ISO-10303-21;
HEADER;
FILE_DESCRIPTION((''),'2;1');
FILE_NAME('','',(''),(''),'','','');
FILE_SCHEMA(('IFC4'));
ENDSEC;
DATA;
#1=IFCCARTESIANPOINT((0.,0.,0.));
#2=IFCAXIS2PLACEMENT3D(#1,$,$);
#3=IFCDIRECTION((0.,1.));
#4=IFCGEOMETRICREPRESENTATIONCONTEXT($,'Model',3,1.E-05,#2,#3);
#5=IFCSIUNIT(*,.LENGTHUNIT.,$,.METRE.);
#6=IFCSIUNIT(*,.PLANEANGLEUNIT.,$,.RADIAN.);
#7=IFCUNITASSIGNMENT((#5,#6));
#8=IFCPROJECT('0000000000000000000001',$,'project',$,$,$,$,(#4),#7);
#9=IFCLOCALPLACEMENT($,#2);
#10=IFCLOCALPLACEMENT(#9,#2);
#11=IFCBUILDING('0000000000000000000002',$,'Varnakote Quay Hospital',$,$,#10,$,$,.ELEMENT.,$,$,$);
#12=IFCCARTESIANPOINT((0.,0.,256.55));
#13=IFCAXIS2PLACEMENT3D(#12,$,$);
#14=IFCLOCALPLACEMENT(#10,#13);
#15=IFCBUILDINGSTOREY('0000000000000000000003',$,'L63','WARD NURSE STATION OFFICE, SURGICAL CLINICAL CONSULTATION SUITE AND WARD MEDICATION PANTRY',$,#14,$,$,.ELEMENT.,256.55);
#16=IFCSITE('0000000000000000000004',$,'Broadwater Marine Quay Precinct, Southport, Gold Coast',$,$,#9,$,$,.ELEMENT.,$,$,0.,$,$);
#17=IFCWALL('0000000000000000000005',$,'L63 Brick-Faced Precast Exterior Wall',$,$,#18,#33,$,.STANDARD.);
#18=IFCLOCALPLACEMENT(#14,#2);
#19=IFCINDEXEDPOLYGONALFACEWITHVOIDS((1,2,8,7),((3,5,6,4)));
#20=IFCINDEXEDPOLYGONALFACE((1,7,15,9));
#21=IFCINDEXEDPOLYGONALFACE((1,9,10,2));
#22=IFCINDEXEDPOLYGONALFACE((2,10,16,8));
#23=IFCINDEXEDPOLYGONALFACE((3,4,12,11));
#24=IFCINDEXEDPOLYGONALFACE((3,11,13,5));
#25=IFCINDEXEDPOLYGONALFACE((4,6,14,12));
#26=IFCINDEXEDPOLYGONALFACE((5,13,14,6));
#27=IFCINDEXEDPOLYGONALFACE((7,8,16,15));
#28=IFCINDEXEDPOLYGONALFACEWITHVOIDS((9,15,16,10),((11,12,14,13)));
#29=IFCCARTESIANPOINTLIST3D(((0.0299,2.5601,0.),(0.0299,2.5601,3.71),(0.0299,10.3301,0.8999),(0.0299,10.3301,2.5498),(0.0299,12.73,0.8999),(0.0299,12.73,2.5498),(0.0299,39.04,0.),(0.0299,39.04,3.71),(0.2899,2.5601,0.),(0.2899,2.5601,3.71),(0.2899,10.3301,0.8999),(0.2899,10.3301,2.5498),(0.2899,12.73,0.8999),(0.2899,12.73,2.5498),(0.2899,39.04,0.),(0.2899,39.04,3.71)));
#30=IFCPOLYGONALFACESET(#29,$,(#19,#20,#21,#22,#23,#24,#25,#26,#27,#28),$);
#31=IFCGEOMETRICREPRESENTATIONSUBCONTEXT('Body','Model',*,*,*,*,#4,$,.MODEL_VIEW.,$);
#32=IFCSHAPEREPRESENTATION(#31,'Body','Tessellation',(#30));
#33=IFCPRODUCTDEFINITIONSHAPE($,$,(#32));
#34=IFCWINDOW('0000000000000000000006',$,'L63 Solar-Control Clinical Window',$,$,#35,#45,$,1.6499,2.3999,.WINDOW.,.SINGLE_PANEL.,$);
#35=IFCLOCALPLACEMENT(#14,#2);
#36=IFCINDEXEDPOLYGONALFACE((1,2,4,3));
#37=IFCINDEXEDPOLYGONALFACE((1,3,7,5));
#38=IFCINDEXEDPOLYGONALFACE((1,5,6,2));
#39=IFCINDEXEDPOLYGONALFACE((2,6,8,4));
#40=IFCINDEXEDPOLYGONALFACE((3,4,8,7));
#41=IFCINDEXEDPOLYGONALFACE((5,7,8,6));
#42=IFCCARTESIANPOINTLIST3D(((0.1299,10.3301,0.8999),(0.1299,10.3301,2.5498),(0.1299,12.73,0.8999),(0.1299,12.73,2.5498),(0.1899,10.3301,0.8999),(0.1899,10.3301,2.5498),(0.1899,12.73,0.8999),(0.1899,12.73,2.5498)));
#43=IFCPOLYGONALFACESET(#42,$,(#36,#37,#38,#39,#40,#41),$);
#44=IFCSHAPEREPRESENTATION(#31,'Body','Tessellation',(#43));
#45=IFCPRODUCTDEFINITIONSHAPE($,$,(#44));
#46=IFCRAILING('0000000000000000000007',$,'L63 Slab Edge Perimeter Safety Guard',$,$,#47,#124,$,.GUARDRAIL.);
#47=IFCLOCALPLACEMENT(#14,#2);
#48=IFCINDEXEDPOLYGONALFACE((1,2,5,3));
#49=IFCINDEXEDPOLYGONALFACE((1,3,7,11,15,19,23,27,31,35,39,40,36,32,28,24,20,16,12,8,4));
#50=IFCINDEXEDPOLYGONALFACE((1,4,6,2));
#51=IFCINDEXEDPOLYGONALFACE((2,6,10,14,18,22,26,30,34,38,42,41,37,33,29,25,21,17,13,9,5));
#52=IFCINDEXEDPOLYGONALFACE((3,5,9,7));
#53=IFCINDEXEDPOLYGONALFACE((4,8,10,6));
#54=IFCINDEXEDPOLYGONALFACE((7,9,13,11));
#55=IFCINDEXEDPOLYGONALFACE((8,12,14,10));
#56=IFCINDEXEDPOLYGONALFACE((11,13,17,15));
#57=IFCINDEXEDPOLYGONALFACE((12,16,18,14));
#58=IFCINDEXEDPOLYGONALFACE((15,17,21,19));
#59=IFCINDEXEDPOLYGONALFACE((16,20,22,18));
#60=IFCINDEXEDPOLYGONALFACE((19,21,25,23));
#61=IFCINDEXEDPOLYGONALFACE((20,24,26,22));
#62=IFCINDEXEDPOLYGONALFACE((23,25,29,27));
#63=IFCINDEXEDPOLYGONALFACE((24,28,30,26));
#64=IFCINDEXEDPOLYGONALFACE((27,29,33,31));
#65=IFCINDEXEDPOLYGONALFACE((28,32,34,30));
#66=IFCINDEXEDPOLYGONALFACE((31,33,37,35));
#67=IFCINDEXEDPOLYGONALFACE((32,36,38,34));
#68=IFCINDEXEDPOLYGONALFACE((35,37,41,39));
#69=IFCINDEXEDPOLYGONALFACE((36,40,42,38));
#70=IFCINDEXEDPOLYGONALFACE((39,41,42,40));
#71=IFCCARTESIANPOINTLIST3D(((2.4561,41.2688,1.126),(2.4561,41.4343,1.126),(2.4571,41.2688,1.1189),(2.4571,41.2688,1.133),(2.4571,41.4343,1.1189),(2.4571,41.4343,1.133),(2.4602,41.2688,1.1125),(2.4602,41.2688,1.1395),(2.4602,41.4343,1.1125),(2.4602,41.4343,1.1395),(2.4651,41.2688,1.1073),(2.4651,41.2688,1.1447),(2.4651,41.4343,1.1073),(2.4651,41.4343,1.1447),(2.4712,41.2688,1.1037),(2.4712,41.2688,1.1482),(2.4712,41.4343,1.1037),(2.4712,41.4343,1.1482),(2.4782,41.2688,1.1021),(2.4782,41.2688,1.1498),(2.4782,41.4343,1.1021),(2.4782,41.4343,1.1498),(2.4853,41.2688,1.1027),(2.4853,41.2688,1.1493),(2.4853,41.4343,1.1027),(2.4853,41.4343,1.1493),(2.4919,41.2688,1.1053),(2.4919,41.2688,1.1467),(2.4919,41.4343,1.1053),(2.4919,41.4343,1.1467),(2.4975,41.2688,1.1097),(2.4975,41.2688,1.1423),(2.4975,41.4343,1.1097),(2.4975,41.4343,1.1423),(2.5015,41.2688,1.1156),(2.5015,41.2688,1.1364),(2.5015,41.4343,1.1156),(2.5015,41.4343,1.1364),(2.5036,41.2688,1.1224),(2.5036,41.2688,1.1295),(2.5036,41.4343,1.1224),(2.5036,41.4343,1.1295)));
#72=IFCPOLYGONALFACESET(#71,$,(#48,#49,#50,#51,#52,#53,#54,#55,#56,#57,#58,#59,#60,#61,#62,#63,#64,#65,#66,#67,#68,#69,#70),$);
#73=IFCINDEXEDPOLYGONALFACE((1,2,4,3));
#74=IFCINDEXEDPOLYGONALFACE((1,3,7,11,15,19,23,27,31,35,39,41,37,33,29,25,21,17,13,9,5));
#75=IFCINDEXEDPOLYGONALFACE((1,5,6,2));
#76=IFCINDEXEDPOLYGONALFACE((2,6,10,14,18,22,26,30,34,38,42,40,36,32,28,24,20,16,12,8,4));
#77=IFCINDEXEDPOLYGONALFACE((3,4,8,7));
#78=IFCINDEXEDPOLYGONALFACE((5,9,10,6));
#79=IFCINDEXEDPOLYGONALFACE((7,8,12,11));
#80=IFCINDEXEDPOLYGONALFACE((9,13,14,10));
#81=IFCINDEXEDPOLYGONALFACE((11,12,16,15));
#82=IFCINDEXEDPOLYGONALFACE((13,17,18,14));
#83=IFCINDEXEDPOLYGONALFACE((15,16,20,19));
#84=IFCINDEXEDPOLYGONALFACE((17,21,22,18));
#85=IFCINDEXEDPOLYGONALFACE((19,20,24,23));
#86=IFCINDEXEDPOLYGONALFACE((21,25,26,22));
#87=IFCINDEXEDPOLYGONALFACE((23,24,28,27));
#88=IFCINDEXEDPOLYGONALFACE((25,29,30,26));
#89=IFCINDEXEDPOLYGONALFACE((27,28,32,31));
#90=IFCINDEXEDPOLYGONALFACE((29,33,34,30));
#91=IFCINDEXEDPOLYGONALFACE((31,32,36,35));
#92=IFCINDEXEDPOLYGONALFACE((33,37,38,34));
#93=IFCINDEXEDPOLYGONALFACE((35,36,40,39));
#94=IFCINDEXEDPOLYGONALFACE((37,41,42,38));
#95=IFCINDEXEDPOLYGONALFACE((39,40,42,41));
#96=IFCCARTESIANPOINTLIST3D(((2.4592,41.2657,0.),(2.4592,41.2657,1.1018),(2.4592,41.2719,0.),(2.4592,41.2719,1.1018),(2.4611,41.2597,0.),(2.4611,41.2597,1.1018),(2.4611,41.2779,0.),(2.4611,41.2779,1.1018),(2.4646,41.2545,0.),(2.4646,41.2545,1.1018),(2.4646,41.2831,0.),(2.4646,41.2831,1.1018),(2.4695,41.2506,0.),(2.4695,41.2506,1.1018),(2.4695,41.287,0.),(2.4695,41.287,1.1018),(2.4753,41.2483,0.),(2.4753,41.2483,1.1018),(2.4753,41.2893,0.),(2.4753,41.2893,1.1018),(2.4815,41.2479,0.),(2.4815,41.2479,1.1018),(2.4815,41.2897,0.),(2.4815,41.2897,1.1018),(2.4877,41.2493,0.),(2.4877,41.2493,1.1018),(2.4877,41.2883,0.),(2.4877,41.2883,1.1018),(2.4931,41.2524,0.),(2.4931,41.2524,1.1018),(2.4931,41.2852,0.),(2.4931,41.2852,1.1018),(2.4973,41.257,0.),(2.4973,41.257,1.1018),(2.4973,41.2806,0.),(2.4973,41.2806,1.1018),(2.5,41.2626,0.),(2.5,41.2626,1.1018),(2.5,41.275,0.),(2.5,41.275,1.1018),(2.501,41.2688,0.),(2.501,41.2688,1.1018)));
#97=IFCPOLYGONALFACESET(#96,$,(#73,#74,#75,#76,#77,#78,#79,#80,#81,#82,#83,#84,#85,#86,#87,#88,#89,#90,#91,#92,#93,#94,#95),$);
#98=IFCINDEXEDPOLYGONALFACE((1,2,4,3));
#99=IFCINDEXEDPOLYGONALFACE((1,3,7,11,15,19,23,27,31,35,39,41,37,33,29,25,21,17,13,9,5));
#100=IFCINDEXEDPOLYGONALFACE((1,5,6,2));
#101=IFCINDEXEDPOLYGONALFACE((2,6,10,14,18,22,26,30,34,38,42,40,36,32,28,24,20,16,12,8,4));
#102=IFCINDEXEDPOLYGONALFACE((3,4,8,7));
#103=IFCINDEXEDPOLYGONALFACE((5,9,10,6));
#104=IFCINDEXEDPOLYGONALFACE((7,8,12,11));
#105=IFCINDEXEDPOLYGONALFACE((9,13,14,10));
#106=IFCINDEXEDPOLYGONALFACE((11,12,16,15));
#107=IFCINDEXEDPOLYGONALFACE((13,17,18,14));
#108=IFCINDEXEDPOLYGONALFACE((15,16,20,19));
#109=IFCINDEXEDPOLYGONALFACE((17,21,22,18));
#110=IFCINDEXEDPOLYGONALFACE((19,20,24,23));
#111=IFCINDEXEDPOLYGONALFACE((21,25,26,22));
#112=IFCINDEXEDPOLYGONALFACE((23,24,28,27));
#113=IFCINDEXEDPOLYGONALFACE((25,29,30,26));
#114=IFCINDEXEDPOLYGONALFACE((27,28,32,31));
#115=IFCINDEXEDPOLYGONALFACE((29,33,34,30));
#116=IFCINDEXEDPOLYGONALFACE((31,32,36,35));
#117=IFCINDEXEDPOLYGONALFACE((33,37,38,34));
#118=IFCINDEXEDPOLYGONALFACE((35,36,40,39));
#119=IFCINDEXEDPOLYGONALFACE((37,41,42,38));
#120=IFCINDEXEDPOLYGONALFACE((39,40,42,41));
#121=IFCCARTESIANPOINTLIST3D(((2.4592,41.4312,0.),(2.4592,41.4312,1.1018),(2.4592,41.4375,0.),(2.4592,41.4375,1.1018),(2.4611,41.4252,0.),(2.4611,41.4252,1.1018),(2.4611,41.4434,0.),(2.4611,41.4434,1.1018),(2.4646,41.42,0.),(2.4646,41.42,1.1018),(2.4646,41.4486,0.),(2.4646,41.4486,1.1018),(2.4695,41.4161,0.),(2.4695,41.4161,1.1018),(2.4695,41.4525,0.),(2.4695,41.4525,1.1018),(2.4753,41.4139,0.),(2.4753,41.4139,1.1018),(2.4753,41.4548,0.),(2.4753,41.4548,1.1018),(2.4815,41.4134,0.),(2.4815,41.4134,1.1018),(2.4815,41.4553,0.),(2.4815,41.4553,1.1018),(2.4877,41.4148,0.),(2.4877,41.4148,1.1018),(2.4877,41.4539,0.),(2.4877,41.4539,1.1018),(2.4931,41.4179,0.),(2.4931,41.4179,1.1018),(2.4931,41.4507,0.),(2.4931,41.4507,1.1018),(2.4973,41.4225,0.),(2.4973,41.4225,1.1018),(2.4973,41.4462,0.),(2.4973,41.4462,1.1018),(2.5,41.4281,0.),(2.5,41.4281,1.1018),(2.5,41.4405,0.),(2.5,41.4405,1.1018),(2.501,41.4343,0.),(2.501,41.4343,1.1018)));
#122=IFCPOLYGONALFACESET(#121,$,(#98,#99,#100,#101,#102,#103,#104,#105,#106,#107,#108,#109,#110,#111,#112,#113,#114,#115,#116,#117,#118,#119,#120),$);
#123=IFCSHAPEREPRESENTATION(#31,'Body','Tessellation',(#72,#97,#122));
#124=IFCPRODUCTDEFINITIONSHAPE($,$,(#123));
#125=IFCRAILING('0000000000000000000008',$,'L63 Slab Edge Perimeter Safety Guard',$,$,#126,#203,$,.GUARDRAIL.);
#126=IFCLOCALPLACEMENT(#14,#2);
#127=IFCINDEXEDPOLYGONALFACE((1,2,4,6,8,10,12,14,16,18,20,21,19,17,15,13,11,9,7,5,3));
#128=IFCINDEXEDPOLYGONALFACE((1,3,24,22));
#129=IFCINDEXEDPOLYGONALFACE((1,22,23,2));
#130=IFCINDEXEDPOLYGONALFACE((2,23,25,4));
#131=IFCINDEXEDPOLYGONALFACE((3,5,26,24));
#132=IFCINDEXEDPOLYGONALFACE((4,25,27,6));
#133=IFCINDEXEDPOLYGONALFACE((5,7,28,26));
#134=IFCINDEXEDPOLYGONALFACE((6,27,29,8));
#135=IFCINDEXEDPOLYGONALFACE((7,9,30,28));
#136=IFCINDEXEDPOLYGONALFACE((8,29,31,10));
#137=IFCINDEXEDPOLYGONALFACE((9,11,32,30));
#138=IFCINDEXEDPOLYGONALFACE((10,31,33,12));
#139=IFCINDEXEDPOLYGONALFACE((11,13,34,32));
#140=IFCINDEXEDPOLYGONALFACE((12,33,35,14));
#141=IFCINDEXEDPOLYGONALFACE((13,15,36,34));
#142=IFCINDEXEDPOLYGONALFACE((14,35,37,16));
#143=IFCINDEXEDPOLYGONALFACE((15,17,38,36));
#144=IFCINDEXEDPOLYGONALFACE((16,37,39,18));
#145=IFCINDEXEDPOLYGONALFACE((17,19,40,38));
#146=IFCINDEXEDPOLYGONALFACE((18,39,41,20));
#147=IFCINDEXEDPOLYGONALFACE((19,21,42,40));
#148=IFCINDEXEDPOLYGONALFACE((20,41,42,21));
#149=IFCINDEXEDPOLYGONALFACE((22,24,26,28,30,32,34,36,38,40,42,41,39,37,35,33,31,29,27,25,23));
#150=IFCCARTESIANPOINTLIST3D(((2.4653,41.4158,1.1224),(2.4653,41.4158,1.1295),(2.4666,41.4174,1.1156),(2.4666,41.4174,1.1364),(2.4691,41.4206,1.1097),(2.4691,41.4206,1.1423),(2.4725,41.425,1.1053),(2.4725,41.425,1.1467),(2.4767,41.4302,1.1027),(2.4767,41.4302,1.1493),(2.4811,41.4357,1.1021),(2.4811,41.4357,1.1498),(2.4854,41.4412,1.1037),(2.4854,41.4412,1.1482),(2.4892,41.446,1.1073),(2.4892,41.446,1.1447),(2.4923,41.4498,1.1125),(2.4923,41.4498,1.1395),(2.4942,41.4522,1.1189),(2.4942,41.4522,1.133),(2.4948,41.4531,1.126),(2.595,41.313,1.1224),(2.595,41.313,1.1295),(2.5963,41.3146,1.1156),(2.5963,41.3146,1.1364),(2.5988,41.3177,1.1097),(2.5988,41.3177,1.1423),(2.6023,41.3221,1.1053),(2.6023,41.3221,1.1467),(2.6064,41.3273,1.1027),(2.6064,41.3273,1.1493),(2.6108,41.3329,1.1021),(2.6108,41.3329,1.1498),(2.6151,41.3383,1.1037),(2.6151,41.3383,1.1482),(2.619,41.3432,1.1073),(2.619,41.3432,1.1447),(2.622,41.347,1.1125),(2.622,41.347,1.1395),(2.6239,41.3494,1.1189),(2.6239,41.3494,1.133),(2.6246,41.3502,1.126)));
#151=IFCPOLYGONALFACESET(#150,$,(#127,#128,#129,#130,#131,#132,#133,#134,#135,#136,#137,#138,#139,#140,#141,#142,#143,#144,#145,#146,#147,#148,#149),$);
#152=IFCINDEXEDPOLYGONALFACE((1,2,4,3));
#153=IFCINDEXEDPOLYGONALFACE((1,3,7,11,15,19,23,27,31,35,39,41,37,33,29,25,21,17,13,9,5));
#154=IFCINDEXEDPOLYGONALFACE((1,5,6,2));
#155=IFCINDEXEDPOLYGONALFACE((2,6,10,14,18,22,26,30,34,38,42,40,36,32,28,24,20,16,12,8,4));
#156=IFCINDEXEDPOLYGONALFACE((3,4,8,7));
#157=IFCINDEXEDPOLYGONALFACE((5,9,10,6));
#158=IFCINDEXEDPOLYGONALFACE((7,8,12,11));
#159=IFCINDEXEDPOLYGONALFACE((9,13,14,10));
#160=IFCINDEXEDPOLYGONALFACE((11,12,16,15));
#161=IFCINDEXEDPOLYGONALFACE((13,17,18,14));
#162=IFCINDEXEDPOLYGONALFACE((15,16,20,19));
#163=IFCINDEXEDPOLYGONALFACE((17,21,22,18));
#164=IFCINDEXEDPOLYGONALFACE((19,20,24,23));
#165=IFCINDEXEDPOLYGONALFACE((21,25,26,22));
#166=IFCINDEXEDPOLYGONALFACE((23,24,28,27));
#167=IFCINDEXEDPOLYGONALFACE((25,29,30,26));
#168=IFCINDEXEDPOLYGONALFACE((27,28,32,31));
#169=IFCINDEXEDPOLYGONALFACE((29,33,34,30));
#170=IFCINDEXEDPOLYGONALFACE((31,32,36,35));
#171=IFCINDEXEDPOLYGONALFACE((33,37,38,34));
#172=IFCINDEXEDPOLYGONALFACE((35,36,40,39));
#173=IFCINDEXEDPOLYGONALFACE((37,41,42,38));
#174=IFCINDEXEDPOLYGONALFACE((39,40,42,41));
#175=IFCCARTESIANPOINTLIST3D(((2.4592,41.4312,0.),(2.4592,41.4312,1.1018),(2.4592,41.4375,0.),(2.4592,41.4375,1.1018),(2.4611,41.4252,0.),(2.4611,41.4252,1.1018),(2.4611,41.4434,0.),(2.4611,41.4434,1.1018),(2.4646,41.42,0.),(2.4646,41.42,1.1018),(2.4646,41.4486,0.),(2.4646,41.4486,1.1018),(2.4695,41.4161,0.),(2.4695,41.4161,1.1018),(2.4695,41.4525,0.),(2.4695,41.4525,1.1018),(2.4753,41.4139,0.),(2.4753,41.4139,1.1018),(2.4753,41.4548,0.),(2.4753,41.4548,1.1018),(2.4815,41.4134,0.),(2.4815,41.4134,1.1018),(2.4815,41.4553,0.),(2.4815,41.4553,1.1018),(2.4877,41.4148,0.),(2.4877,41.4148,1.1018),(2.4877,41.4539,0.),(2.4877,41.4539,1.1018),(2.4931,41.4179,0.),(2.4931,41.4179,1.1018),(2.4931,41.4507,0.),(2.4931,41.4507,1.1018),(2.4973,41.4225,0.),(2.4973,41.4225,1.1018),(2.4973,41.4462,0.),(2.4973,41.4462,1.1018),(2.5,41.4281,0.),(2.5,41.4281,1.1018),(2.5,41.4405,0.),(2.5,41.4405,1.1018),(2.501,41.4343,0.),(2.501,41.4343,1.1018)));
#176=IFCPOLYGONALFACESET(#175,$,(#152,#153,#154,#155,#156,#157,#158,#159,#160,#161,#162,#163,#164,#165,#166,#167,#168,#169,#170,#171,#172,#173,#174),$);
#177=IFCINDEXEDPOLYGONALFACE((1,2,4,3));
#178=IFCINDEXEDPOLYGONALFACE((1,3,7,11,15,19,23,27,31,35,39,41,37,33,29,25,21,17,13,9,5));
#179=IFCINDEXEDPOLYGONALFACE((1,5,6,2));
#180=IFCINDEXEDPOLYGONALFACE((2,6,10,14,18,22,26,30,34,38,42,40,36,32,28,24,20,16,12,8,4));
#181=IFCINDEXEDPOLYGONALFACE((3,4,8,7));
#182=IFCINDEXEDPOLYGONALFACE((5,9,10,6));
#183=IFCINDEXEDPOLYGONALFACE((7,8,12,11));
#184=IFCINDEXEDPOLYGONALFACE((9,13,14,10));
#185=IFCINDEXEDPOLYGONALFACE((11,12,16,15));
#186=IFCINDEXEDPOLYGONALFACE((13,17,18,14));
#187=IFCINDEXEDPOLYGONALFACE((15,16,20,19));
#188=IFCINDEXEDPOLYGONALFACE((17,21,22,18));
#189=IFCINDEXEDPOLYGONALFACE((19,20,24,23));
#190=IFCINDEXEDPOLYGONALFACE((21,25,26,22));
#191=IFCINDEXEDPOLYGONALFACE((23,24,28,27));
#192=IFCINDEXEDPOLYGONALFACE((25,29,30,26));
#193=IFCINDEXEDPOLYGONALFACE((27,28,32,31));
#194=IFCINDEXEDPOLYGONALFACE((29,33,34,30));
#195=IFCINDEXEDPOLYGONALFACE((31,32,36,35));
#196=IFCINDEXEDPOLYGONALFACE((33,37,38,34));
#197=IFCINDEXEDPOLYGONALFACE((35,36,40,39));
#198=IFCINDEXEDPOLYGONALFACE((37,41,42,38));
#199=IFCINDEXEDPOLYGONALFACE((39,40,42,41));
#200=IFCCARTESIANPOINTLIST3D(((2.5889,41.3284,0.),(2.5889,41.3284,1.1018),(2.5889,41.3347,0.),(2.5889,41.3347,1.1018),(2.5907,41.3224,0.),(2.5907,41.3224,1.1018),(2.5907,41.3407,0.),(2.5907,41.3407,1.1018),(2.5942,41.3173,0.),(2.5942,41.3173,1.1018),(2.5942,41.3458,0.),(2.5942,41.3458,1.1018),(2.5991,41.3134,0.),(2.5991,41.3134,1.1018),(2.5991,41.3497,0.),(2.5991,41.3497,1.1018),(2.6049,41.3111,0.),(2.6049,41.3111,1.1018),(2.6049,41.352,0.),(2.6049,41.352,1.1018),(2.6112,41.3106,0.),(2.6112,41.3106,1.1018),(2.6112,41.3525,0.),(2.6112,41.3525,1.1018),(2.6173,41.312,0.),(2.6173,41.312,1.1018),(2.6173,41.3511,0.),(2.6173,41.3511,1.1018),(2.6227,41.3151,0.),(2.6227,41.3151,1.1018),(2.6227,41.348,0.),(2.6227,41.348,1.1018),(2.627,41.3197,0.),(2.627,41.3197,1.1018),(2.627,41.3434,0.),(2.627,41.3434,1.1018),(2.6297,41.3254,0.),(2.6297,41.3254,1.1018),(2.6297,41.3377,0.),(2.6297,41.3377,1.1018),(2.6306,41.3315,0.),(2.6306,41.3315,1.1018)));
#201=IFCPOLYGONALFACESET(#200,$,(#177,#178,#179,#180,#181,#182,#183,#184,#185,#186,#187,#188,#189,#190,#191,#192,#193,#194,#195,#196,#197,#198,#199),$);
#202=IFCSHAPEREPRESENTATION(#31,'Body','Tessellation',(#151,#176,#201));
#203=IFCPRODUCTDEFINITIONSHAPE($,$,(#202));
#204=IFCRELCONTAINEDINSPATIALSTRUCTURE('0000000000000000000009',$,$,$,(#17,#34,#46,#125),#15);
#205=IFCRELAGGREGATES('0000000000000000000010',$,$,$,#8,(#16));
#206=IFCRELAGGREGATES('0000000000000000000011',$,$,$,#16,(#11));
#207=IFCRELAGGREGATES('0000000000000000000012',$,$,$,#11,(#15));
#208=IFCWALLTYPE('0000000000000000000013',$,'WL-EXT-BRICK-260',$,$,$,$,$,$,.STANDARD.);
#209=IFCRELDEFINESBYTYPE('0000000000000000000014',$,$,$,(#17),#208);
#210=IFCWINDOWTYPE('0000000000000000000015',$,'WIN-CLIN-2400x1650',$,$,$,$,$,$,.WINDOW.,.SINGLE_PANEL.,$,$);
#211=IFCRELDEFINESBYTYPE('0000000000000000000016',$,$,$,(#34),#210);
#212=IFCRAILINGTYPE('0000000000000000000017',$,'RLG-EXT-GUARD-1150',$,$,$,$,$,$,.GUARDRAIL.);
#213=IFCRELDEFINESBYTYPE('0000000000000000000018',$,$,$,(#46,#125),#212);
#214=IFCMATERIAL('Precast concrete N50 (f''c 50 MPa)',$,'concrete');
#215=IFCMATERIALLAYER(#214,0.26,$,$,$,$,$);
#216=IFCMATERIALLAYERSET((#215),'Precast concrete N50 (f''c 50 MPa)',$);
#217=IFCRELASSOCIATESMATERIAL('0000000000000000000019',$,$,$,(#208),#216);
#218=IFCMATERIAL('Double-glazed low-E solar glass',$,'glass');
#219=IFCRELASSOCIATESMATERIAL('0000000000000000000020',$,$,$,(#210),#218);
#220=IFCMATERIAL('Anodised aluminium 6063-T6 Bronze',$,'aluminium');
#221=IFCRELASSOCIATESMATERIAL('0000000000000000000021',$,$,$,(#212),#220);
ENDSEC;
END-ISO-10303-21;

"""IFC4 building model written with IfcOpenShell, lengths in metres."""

from ifc_helpers import new_model, si_unit, direction, frame, frame_2d, origin, origin_2d, place, context, subcontext, project, spatial, rectangle, circle, extrude, material, layer, layer_set, type_object, element, fill, save


model = new_model("IFC4")

# Units and contexts
model_context = context("Model", 3, precision=1e-05, world=origin(), true_north=direction((0.0, 1.0)))
body_context = subcontext(model_context, "Body", "Model", "MODEL_VIEW")
ifc_project = project(units=[si_unit("LENGTHUNIT", "METRE"), si_unit("PLANEANGLEUNIT", "RADIAN")], contexts=[model_context])

# Site, building, storey
site_placement = place(None, origin())
site = spatial("IfcSite", under=ifc_project, at=site_placement, Name="Broadwater Marine Quay Precinct, Southport, Gold Coast", CompositionType="ELEMENT", RefElevation=0.0)
building_placement = place(site_placement, origin())
building = spatial("IfcBuilding", under=site, at=building_placement, Name="Varnakote Quay Hospital", CompositionType="ELEMENT")
storey_placement = place(building_placement, frame((0.0, 0.0, 256.55)))
storey = spatial("IfcBuildingStorey", under=building, at=storey_placement, Name="L63", Description="WARD NURSE STATION OFFICE, SURGICAL CLINICAL CONSULTATION SUITE AND WARD MEDICATION PANTRY", CompositionType="ELEMENT", Elevation=256.55)

# Shared definitions
ifc_material_1 = material(Name="Precast concrete N50 (f'c 50 MPa)", Category="concrete")
ifc_layer_1 = layer(ifc_material_1, 0.26)
ifc_layer_set_1 = layer_set([ifc_layer_1], Name="Precast concrete N50 (f'c 50 MPa)")
wall_type = type_object("IfcWallType", Name="WL-EXT-BRICK-260", PredefinedType="STANDARD", material=ifc_layer_set_1)
ifc_material_2 = material(Name="Double-glazed low-E solar glass", Category="glass")
window_type = type_object("IfcWindowType", Name="WIN-CLIN-2400x1650", PartitioningType="SINGLE_PANEL", PredefinedType="WINDOW", material=ifc_material_2)

# Wall, opening, window
wall_1_placement = place(storey_placement, frame((0.1599, 39.04, 0.0), z_axis=(0.0, 0.0, 1.0), x_axis=(0.0, -1.0, 0.0)))
wall_1 = element("IfcWall", 1, at=wall_1_placement, inside=storey, type_object=wall_type, Name="L63 Brick-Faced Precast Exterior Wall", PredefinedType="STANDARD", context=body_context, shape_type="SweptSolid", body=[
    extrude(rectangle(XDim=36.48, YDim=0.26, at=frame_2d((18.24, 0.0))), origin(), (0.0, 0.0, 1.0), 3.71),
])
opening_1_placement = place(wall_1_placement, frame((26.3101, 0.0, 0.8999)))
opening_1 = element("IfcOpeningElement", 2, at=opening_1_placement, cuts=wall_1, PredefinedType="OPENING", context=body_context, shape_type="SweptSolid", body=[
    extrude(rectangle(XDim=2.3999, YDim=1.6499, at=frame_2d((1.2, 0.825))), frame((0.0, 0.1399, 0.0), z_axis=(0.0, -1.0, 0.0), x_axis=(1.0, 0.0, 0.0)), (0.0, 0.0, 1.0), 0.28),
])
window_1_placement = place(opening_1_placement, origin())
window_1 = element("IfcWindow", 3, at=window_1_placement, inside=storey, type_object=window_type, Name="L63 Solar-Control Clinical Window", OverallHeight=1.6499, OverallWidth=2.3999, PartitioningType="SINGLE_PANEL", PredefinedType="WINDOW", context=body_context, shape_type="SweptSolid", body=[
    extrude(rectangle(XDim=2.3999, YDim=1.6499, at=frame_2d((1.2, 0.825))), frame((0.0, 0.03, 0.0), z_axis=(0.0, -1.0, 0.0), x_axis=(1.0, 0.0, 0.0)), (0.0, 0.0, 1.0), 0.0601),
])
fill(opening_1, window_1)

# Railings
ifc_material_3 = material(Name="Anodised aluminium 6063-T6 Bronze", Category="aluminium")
railing_type = type_object("IfcRailingType", Name="RLG-EXT-GUARD-1150", PredefinedType="GUARDRAIL", material=ifc_material_3)
railing_1_placement = place(storey_placement, frame((2.48, 41.2688, 0.0)))
element("IfcRailing", 4, at=railing_1_placement, inside=storey, type_object=railing_type, Name="L63 Slab Edge Perimeter Safety Guard", PredefinedType="GUARDRAIL", context=body_context, shape_type="SweptSolid", body=[
    extrude(circle(Radius=0.0239, at=origin_2d()), frame((0.0, 0.0, 1.126), z_axis=(0.0, 1.0, 0.0), x_axis=(-1.0, 0.0, 0.0)), (0.0, 0.0, 1.0), 0.1655),
    extrude(circle(Radius=0.021, at=origin_2d()), origin(), (0.0, 0.0, 1.0), 1.1018),
    extrude(circle(Radius=0.021, at=origin_2d()), frame((0.0, 0.1655, 0.0)), (0.0, 0.0, 1.0), 1.1018),
])
railing_2_placement = place(storey_placement, frame((2.48, 41.4343, 0.0)))
element("IfcRailing", 5, at=railing_2_placement, inside=storey, type_object=railing_type, Name="L63 Slab Edge Perimeter Safety Guard", PredefinedType="GUARDRAIL", context=body_context, shape_type="SweptSolid", body=[
    extrude(circle(Radius=0.0239, at=origin_2d()), frame((0.0, 0.0, 1.126), z_axis=(0.783597, -0.62127, 0.0), x_axis=(0.62127, 0.783597, 0.0)), (0.0, 0.0, 1.0), 0.1655),
    extrude(circle(Radius=0.021, at=origin_2d()), origin(), (0.0, 0.0, 1.0), 1.1018),
    extrude(circle(Radius=0.021, at=origin_2d()), frame((0.1296, -0.1028, 0.0)), (0.0, 0.0, 1.0), 1.1018),
])

save(model, "model.ifc")
